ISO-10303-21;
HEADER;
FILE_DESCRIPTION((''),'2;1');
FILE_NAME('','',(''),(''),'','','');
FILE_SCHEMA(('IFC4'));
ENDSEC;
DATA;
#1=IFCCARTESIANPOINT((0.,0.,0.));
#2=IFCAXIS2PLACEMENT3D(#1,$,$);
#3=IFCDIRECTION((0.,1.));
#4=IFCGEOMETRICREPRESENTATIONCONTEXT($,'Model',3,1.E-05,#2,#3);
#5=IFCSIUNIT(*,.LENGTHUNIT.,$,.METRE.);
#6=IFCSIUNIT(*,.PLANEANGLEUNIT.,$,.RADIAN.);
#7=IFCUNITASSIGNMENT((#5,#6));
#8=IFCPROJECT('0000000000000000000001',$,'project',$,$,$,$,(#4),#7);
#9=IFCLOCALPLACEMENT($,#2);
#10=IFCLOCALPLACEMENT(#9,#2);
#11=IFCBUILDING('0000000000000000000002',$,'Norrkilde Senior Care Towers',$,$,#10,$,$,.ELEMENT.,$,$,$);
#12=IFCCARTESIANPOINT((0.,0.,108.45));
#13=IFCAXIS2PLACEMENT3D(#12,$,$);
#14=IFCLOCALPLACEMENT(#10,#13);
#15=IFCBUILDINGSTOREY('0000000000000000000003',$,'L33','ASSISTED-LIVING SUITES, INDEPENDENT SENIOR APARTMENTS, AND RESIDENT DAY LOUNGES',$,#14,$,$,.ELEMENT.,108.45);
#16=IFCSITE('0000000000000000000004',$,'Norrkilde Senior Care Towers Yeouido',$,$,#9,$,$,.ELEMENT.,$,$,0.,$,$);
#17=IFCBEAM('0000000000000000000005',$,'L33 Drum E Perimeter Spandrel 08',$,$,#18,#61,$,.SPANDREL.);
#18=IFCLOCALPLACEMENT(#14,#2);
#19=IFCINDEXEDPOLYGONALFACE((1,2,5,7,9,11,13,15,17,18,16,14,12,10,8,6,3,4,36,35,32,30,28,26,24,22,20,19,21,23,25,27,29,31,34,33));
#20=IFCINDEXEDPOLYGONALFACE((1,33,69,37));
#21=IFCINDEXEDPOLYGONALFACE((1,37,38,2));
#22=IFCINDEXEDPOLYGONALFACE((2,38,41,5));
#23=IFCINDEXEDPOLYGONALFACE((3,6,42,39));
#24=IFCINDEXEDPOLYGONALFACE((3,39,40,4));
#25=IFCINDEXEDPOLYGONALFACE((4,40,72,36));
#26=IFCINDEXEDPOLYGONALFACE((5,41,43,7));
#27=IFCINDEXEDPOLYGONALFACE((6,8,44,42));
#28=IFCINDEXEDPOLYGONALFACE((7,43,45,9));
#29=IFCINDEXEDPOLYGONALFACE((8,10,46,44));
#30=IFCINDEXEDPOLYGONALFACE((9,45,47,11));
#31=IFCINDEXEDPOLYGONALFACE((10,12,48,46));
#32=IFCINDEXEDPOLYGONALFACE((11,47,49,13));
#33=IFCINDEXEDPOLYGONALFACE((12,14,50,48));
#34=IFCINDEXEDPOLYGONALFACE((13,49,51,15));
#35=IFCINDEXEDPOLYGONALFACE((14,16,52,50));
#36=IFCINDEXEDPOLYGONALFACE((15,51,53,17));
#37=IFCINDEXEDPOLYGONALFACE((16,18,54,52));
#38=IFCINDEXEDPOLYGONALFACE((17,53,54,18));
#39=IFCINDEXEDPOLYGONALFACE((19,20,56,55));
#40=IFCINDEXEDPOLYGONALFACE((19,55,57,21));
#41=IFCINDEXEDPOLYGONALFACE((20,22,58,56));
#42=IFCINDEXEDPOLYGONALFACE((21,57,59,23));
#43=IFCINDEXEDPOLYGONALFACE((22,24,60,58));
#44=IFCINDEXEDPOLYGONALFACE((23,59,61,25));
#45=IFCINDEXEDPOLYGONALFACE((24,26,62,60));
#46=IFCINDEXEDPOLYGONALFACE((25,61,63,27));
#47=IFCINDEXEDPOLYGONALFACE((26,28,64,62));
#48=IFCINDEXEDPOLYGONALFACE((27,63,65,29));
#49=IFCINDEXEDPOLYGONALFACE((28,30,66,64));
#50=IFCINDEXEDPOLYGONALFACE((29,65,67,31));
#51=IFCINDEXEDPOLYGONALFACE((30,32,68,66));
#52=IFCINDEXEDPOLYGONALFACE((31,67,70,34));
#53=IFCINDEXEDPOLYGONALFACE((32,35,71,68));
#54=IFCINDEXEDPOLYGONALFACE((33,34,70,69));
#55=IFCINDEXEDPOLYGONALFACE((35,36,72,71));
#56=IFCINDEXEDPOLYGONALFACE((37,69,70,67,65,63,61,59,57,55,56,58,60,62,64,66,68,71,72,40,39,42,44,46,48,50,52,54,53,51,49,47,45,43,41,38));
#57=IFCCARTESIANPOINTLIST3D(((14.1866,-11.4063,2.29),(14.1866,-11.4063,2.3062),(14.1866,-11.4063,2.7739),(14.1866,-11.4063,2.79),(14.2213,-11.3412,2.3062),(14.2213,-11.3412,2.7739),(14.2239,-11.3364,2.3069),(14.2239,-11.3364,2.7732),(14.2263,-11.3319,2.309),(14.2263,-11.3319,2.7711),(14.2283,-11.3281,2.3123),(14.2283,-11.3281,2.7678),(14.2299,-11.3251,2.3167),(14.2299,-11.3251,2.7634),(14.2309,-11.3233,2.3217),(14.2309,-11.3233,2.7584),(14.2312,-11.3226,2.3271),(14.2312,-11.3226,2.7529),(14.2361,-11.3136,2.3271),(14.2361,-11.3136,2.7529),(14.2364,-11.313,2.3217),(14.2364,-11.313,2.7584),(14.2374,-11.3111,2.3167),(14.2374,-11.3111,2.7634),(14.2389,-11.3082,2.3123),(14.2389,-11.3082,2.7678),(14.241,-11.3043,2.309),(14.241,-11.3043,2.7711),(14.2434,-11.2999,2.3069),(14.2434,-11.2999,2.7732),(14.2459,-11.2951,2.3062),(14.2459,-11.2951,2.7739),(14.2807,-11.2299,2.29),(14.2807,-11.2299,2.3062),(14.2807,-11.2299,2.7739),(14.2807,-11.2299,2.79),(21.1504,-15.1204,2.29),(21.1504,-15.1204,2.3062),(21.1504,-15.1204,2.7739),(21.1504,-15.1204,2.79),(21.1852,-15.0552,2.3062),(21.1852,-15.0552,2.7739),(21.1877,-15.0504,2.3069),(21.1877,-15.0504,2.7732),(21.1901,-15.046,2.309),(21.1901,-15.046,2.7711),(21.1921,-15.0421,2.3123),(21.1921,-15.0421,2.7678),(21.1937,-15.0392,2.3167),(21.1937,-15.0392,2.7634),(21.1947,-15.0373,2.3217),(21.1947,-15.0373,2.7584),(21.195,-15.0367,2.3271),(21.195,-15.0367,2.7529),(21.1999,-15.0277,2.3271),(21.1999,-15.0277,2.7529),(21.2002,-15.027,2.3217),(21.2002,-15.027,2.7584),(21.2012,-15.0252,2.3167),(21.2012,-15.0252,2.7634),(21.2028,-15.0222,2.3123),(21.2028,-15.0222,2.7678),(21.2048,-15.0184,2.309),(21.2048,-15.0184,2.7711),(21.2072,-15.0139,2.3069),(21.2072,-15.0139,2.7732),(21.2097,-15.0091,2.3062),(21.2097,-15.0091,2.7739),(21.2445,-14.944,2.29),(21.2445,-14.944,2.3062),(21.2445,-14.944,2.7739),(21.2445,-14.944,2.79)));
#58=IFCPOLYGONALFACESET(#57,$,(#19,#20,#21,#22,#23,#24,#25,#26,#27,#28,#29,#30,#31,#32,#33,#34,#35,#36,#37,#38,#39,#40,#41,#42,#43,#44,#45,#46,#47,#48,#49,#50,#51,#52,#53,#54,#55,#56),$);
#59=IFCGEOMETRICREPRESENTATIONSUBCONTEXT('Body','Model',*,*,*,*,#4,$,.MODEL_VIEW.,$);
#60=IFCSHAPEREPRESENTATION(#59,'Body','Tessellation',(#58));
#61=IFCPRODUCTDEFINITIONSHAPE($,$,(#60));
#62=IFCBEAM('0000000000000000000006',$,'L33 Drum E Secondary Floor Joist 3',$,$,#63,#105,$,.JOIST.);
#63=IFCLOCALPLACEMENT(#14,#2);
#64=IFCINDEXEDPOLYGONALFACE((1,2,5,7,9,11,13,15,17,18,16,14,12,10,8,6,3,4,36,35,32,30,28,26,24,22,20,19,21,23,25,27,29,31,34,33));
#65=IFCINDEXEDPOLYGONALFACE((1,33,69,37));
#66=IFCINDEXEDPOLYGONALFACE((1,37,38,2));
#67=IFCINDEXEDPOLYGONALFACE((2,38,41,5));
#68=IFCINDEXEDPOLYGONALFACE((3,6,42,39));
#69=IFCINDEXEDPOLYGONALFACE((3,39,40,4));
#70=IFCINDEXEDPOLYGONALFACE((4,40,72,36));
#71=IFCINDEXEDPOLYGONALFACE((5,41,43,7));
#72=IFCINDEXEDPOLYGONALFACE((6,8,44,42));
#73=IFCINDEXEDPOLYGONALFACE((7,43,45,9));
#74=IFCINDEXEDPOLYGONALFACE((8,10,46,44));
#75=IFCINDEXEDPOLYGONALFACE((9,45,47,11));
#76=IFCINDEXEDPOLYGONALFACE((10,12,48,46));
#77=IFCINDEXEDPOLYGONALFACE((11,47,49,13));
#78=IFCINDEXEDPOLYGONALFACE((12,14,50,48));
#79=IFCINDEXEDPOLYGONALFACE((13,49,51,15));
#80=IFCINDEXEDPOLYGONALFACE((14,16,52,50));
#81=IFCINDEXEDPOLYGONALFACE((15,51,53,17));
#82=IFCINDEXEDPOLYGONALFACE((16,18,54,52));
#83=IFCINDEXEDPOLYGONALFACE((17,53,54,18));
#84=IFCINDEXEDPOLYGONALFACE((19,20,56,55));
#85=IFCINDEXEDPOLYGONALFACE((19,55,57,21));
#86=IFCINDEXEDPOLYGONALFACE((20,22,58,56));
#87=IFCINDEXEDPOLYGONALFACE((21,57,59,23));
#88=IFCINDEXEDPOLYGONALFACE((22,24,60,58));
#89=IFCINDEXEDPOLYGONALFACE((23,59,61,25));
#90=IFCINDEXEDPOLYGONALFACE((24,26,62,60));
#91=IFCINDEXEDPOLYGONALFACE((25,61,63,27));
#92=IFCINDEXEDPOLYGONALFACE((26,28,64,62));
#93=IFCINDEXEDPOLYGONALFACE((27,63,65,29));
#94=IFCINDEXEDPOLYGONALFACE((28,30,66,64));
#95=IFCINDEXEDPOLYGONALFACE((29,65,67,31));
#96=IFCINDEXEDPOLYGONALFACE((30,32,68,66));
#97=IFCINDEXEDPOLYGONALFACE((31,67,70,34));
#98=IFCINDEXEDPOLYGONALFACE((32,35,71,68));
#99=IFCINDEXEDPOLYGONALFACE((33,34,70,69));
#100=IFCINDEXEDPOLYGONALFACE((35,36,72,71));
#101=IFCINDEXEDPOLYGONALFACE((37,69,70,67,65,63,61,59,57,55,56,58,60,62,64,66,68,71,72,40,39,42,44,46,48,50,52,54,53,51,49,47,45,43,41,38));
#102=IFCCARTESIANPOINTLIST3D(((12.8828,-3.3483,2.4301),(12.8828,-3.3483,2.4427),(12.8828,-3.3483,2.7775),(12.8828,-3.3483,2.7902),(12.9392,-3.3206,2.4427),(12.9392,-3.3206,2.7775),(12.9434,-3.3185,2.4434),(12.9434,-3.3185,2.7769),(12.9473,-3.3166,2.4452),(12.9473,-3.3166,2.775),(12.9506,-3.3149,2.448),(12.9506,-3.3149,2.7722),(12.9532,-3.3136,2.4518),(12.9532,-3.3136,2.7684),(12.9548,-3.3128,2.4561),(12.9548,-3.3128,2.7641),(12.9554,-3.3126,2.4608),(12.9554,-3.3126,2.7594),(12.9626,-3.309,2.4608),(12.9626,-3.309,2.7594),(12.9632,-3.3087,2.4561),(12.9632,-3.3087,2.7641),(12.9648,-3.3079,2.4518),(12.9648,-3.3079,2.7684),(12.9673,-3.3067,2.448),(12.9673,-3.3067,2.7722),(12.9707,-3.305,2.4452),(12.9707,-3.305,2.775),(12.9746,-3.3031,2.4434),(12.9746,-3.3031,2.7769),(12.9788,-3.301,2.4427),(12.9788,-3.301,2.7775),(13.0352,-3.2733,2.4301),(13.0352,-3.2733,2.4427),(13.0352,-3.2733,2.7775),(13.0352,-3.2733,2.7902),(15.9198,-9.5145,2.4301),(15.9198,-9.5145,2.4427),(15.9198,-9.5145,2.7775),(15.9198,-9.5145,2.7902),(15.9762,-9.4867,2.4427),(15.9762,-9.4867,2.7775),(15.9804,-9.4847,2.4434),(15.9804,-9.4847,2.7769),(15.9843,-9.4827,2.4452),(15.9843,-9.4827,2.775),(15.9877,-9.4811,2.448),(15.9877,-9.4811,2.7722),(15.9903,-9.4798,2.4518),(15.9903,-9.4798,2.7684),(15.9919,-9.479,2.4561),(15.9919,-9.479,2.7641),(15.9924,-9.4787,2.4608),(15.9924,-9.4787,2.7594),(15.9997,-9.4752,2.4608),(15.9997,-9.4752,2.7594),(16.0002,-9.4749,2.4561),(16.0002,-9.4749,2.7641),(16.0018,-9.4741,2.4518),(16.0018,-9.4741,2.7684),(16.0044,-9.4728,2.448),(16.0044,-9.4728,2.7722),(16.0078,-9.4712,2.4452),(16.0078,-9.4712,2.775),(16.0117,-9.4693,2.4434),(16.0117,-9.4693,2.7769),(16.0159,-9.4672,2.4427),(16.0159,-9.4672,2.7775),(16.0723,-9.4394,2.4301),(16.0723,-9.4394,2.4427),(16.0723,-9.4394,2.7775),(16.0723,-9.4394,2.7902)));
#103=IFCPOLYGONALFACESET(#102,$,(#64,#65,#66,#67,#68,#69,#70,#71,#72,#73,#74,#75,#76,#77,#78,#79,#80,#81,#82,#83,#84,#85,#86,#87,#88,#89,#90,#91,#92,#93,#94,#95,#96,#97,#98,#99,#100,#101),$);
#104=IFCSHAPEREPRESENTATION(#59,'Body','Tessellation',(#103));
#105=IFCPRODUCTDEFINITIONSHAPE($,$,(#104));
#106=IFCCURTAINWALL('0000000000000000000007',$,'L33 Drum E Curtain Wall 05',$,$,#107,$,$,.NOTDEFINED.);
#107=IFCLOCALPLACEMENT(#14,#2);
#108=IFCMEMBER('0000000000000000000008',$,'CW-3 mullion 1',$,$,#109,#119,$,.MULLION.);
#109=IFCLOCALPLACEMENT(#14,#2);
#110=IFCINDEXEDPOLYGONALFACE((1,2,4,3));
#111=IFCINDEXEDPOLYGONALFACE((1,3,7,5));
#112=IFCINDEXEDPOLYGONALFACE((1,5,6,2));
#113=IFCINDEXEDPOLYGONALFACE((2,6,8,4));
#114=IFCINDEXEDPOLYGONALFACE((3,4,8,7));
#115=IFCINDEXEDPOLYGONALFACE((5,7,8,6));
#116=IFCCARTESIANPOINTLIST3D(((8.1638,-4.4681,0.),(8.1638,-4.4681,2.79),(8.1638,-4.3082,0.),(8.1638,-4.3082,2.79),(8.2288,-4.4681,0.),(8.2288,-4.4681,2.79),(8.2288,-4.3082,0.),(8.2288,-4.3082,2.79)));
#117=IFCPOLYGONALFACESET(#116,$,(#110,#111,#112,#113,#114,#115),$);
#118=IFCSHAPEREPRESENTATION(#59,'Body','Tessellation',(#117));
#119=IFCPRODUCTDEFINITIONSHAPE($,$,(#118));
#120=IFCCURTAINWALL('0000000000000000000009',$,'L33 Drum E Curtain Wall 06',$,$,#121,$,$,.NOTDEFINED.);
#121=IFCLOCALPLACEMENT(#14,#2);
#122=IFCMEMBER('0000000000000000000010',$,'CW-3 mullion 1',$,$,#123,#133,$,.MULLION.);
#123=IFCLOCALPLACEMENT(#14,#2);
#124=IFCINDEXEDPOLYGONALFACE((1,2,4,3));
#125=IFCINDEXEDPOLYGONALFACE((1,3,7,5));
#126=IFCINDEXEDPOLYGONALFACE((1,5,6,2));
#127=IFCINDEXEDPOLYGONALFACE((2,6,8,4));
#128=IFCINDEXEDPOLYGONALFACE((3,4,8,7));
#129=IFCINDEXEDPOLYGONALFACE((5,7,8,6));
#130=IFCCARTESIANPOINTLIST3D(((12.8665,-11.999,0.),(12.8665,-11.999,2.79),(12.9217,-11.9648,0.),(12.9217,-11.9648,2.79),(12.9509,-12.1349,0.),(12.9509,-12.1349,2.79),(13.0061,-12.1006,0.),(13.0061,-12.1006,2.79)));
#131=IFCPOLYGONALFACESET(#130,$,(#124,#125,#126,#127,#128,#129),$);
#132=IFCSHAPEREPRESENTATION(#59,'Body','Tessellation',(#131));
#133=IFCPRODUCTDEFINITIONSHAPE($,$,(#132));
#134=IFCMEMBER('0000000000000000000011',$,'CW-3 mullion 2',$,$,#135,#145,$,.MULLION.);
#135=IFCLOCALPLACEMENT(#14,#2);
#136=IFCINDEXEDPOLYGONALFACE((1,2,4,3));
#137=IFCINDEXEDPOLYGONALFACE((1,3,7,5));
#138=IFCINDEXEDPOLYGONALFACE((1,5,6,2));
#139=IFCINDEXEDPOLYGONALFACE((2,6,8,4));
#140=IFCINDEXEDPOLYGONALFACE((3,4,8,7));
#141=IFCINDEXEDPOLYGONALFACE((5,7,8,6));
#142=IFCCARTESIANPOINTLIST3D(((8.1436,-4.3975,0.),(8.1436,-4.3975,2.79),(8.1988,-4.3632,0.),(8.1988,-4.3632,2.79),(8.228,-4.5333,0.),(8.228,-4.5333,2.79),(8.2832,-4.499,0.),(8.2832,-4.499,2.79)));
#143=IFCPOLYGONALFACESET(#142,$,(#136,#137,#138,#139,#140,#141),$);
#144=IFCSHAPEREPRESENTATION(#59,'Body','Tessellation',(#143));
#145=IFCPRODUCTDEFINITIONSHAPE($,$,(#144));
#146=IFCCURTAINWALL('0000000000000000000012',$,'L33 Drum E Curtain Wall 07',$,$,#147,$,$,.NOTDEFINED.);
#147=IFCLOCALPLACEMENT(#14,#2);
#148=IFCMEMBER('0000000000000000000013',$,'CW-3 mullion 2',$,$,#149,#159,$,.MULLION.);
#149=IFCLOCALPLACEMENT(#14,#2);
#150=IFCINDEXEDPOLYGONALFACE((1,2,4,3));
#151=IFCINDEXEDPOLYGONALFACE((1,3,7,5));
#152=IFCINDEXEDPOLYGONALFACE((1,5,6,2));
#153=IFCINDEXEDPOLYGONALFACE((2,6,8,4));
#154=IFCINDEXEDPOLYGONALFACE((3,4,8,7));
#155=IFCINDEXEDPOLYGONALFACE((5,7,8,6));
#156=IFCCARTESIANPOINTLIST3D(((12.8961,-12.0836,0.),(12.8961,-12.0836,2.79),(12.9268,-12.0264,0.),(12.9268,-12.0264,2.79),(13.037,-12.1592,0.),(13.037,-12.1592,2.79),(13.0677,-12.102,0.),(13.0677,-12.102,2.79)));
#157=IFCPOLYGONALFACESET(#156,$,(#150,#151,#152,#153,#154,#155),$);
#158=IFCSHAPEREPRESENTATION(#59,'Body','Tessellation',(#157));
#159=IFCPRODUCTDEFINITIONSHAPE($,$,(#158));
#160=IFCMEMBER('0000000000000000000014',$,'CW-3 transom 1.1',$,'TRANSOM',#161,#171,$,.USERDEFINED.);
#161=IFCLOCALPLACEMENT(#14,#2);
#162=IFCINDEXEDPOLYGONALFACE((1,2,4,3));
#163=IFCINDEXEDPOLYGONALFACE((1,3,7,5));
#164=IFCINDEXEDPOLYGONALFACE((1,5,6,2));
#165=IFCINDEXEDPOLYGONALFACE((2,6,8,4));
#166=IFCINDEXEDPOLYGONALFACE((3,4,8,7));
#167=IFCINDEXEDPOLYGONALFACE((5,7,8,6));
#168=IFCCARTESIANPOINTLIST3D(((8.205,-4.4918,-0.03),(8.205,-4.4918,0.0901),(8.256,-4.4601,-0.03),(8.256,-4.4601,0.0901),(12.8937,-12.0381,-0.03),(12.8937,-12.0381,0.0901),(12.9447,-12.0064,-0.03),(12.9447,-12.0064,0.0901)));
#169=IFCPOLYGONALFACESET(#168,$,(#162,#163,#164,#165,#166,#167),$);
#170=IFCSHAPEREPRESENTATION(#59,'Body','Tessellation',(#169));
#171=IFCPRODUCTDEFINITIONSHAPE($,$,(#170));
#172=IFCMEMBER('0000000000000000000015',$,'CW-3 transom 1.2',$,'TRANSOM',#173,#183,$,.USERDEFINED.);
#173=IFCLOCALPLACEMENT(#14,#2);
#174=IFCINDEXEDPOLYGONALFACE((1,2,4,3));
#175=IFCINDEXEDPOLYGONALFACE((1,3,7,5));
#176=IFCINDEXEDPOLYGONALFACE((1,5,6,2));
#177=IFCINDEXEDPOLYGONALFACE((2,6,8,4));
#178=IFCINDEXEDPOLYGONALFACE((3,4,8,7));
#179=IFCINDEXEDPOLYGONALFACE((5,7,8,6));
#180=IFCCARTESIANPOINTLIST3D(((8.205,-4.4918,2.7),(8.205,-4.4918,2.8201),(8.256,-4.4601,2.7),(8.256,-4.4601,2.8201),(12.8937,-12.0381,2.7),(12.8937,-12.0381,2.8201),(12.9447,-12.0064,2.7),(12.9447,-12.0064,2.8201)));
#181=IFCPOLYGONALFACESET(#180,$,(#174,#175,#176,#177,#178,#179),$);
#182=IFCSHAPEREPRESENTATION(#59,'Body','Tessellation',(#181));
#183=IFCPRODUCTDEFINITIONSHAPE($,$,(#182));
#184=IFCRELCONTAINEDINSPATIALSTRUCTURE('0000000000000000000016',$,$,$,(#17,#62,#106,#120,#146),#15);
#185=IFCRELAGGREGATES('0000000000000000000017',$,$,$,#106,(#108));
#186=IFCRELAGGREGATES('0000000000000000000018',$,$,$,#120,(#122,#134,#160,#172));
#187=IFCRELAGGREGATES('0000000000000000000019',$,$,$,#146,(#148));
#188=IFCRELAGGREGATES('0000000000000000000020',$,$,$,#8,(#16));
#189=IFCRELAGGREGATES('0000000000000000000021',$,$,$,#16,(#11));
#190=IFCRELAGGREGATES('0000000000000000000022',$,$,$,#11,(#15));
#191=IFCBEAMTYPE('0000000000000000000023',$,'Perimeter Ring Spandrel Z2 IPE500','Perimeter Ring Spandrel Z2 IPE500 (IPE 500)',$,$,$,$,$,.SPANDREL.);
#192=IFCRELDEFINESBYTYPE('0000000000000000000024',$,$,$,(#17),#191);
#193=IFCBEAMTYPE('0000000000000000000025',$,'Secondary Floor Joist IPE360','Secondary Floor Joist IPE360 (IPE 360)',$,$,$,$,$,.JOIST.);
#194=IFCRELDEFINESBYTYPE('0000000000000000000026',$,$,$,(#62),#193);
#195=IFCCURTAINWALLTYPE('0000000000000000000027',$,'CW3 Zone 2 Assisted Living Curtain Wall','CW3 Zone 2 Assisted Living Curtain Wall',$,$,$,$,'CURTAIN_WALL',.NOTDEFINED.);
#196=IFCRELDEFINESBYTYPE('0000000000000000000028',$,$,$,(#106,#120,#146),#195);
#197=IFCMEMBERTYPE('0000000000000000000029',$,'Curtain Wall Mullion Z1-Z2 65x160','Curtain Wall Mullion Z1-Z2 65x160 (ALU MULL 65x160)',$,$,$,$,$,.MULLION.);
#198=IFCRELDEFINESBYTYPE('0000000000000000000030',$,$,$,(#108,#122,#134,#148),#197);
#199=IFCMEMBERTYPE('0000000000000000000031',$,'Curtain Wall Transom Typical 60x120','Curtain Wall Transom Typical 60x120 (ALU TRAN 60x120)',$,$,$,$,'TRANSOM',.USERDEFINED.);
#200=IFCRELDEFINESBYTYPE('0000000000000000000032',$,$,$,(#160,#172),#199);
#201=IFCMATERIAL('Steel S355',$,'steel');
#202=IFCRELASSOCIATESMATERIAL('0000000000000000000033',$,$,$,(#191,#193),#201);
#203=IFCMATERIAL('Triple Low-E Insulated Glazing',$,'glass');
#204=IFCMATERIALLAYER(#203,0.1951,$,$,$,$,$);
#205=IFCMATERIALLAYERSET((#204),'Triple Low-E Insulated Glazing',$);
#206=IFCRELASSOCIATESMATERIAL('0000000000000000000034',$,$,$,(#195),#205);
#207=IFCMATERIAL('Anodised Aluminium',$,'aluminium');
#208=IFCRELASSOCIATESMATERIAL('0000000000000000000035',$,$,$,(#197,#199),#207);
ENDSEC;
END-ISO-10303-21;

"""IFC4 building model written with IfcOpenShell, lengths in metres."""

from ifc_helpers import new_model, si_unit, direction, frame, origin, origin_2d, place, context, subcontext, project, spatial, rectangle, i_section, extrude, source, transform, mapped, material, layer, layer_set, material_profile, profile_set, type_object, type_shapes, element, aggregate, save


model = new_model("IFC4")

# Units and contexts
model_context = context("Model", 3, precision=1e-05, world=origin(), true_north=direction((0.0, 1.0)))
body_context = subcontext(model_context, "Body", "Model", "MODEL_VIEW")
ifc_project = project(units=[si_unit("LENGTHUNIT", "METRE"), si_unit("PLANEANGLEUNIT", "RADIAN")], contexts=[model_context])

# Site, building, storey
site_placement = place(None, origin())
site = spatial("IfcSite", under=ifc_project, at=site_placement, Name="Norrkilde Senior Care Towers Yeouido", CompositionType="ELEMENT", RefElevation=0.0)
building_placement = place(site_placement, origin())
building = spatial("IfcBuilding", under=site, at=building_placement, Name="Norrkilde Senior Care Towers", CompositionType="ELEMENT")
storey_placement = place(building_placement, frame((0.0, 0.0, 108.45)))
storey = spatial("IfcBuildingStorey", under=building, at=storey_placement, Name="L33", Description="ASSISTED-LIVING SUITES, INDEPENDENT SENIOR APARTMENTS, AND RESIDENT DAY LOUNGES", CompositionType="ELEMENT", Elevation=108.45)

# Beams
ifc_material_1 = material(Name="Steel S355", Category="steel")
ifc_material_profile_1 = material_profile(ifc_material_1, i_section(OverallWidth=0.2, OverallDepth=0.5, WebThickness=0.0103, FlangeThickness=0.0161, FilletRadius=0.021, at=origin_2d()), Name="IPE 500")
ifc_profile_set_1 = profile_set([ifc_material_profile_1], Name="Steel S355")
beam_type_1 = type_object("IfcBeamType", Name="Perimeter Ring Spandrel Z2 IPE500", Description="Perimeter Ring Spandrel Z2 IPE500 (IPE 500)", PredefinedType="SPANDREL", material=ifc_profile_set_1)
shared_shape_1 = source(origin(), body_context, "Body", "SweptSolid", [
    extrude(i_section(OverallWidth=0.2, OverallDepth=0.5, WebThickness=0.0103, FlangeThickness=0.0161, FilletRadius=0.021, at=origin_2d()), origin(), (0.0, 0.0, 1.0), 7.8923),
])
beam_1_placement = place(storey_placement, frame((14.2336, -11.3181, 2.54), z_axis=(0.88235, -0.470593, 0.0), x_axis=(0.470593, 0.88235, 0.0)))
element("IfcBeam", 1, at=beam_1_placement, inside=storey, type_object=beam_type_1, Name="L33 Drum E Perimeter Spandrel 08", PredefinedType="SPANDREL", context=body_context, shape_type="MappedRepresentation", body=[
    mapped(shared_shape_1, transform((0.0, 0.0, 0.0), x_axis=(1.0, 0.0, 0.0), y_axis=(0.0, 1.0, 0.0), z_axis=(0.0, 0.0, 1.0), scale=1.0)),
])
ifc_material_profile_2 = material_profile(ifc_material_1, i_section(OverallWidth=0.1699, OverallDepth=0.3601, WebThickness=0.0081, FlangeThickness=0.0127, FilletRadius=0.0181, at=origin_2d()), Name="IPE 360")
ifc_profile_set_2 = profile_set([ifc_material_profile_2], Name="Steel S355")
beam_type_2 = type_object("IfcBeamType", Name="Secondary Floor Joist IPE360", Description="Secondary Floor Joist IPE360 (IPE 360)", PredefinedType="JOIST", material=ifc_profile_set_2)
shared_shape_2 = source(origin(), body_context, "Body", "SweptSolid", [
    extrude(i_section(OverallWidth=0.1699, OverallDepth=0.3601, WebThickness=0.0081, FlangeThickness=0.0127, FilletRadius=0.0181, at=origin_2d()), origin(), (0.0, 0.0, 1.0), 6.8735),
])
type_shapes(beam_type_2, [shared_shape_2])
beam_2_placement = place(storey_placement, frame((12.959, -3.3108, 2.6101), z_axis=(0.441849, -0.897089, 0.0), x_axis=(0.897089, 0.441849, 0.0)))
element("IfcBeam", 2, at=beam_2_placement, inside=storey, type_object=beam_type_2, Name="L33 Drum E Secondary Floor Joist 3", PredefinedType="JOIST", context=body_context, shape_type="MappedRepresentation", body=[
    mapped(shared_shape_2, transform((0.0, 0.0, 0.0), x_axis=(1.0, 0.0, 0.0), y_axis=(0.0, 1.0, 0.0), z_axis=(0.0, 0.0, 1.0), scale=1.0)),
])

# Curtain wall, member
ifc_material_2 = material(Name="Triple Low-E Insulated Glazing", Category="glass")
ifc_layer_1 = layer(ifc_material_2, 0.1951)
ifc_layer_set_1 = layer_set([ifc_layer_1], Name="Triple Low-E Insulated Glazing")
curtain_wall_type = type_object("IfcCurtainWallType", Name="CW3 Zone 2 Assisted Living Curtain Wall", Description="CW3 Zone 2 Assisted Living Curtain Wall", ElementType="CURTAIN_WALL", PredefinedType="NOTDEFINED", material=ifc_layer_set_1)
curtain_wall_1_placement = place(storey_placement, origin())
curtain_wall_1 = element("IfcCurtainWall", 3, at=curtain_wall_1_placement, inside=storey, type_object=curtain_wall_type, Name="L33 Drum E Curtain Wall 05", PredefinedType="NOTDEFINED")
ifc_material_3 = material(Name="Anodised Aluminium", Category="aluminium")
ifc_material_profile_3 = material_profile(ifc_material_3, rectangle(XDim=0.0649, YDim=0.1599, at=origin_2d()), Name="ALU MULL 65x160")
ifc_profile_set_3 = profile_set([ifc_material_profile_3], Name="Anodised Aluminium")
member_type_1 = type_object("IfcMemberType", Name="Curtain Wall Mullion Z1-Z2 65x160", Description="Curtain Wall Mullion Z1-Z2 65x160 (ALU MULL 65x160)", PredefinedType="MULLION", material=ifc_profile_set_3)
shared_shape_3 = source(origin(), body_context, "Body", "SweptSolid", [
    extrude(rectangle(XDim=0.0649, YDim=0.1599, at=origin_2d()), origin(), (0.0, 0.0, 1.0), 2.79),
])
type_shapes(member_type_1, [shared_shape_3])
member_1_placement = place(storey_placement, frame((8.1963, -4.3882, 0.0), z_axis=(0.0, 0.0, 1.0), x_axis=(-1.0, 0.0, 0.0)))
member_1 = element("IfcMember", 4, at=member_1_placement, type_object=member_type_1, Name="CW-3 mullion 1", PredefinedType="MULLION", context=body_context, shape_type="MappedRepresentation", body=[
    mapped(shared_shape_3, transform((0.0, 0.0, 0.0), x_axis=(1.0, 0.0, 0.0), y_axis=(0.0, 1.0, 0.0), z_axis=(0.0, 0.0, 1.0), scale=1.0)),
])

# Curtain wall, members
curtain_wall_2_placement = place(storey_placement, origin())
curtain_wall_2 = element("IfcCurtainWall", 5, at=curtain_wall_2_placement, inside=storey, type_object=curtain_wall_type, Name="L33 Drum E Curtain Wall 06", PredefinedType="NOTDEFINED")
member_2_placement = place(storey_placement, frame((12.9363, -12.0498, 0.0), z_axis=(0.0, 0.0, 1.0), x_axis=(-0.84941, -0.527733, 0.0)))
member_2 = element("IfcMember", 6, at=member_2_placement, type_object=member_type_1, Name="CW-3 mullion 1", PredefinedType="MULLION", context=body_context, shape_type="MappedRepresentation", body=[
    mapped(shared_shape_3, transform((0.0, 0.0, 0.0), x_axis=(1.0, 0.0, 0.0), y_axis=(0.0, 1.0, 0.0), z_axis=(0.0, 0.0, 1.0), scale=1.0)),
])
member_3_placement = place(storey_placement, frame((8.2134, -4.4482, 0.0), z_axis=(0.0, 0.0, 1.0), x_axis=(-0.84941, -0.527733, 0.0)))
member_3 = element("IfcMember", 7, at=member_3_placement, type_object=member_type_1, Name="CW-3 mullion 2", PredefinedType="MULLION", context=body_context, shape_type="MappedRepresentation", body=[
    mapped(shared_shape_3, transform((0.0, 0.0, 0.0), x_axis=(1.0, 0.0, 0.0), y_axis=(0.0, 1.0, 0.0), z_axis=(0.0, 0.0, 1.0), scale=1.0)),
])

# Curtain wall, member
curtain_wall_3_placement = place(storey_placement, origin())
curtain_wall_3 = element("IfcCurtainWall", 8, at=curtain_wall_3_placement, inside=storey, type_object=curtain_wall_type, Name="L33 Drum E Curtain Wall 07", PredefinedType="NOTDEFINED")
member_4_placement = place(storey_placement, frame((12.9819, -12.0928, 0.0), z_axis=(0.0, 0.0, 1.0), x_axis=(-0.472769, -0.881186, 0.0)))
member_4 = element("IfcMember", 9, at=member_4_placement, type_object=member_type_1, Name="CW-3 mullion 2", PredefinedType="MULLION", context=body_context, shape_type="MappedRepresentation", body=[
    mapped(shared_shape_3, transform((0.0, 0.0, 0.0), x_axis=(1.0, 0.0, 0.0), y_axis=(0.0, 1.0, 0.0), z_axis=(0.0, 0.0, 1.0), scale=1.0)),
])

# Members
ifc_material_profile_4 = material_profile(ifc_material_3, rectangle(XDim=0.0601, YDim=0.1201, at=origin_2d()), Name="ALU TRAN 60x120")
ifc_profile_set_4 = profile_set([ifc_material_profile_4], Name="Anodised Aluminium")
member_type_2 = type_object("IfcMemberType", Name="Curtain Wall Transom Typical 60x120", Description="Curtain Wall Transom Typical 60x120 (ALU TRAN 60x120)", ElementType="TRANSOM", PredefinedType="USERDEFINED", material=ifc_profile_set_4)
shared_shape_4 = source(origin(), body_context, "Body", "SweptSolid", [
    extrude(rectangle(XDim=0.0601, YDim=0.1201, at=origin_2d()), origin(), (0.0, 0.0, 1.0), 8.8843),
])
member_5_placement = place(storey_placement, frame((12.9192, -12.0222, 0.03), z_axis=(-0.527749, 0.8494, 0.0), x_axis=(-0.8494, -0.527749, 0.0)))
member_5 = element("IfcMember", 10, at=member_5_placement, type_object=member_type_2, Name="CW-3 transom 1.1", ObjectType="TRANSOM", PredefinedType="USERDEFINED", context=body_context, shape_type="MappedRepresentation", body=[
    mapped(shared_shape_4, transform((0.0, 0.0, 0.0), x_axis=(1.0, 0.0, 0.0), y_axis=(0.0, 1.0, 0.0), z_axis=(0.0, 0.0, 1.0), scale=1.0)),
])
member_6_placement = place(storey_placement, frame((12.9192, -12.0222, 2.76), z_axis=(-0.527749, 0.8494, 0.0), x_axis=(-0.8494, -0.527749, 0.0)))
member_6 = element("IfcMember", 11, at=member_6_placement, type_object=member_type_2, Name="CW-3 transom 1.2", ObjectType="TRANSOM", PredefinedType="USERDEFINED", context=body_context, shape_type="MappedRepresentation", body=[
    mapped(shared_shape_4, transform((0.0, 0.0, 0.0), x_axis=(1.0, 0.0, 0.0), y_axis=(0.0, 1.0, 0.0), z_axis=(0.0, 0.0, 1.0), scale=1.0)),
])
aggregate(curtain_wall_1, [member_1])

aggregate(curtain_wall_2, [member_2, member_3, member_5, member_6])
aggregate(curtain_wall_3, [member_4])

save(model, "model.ifc")
